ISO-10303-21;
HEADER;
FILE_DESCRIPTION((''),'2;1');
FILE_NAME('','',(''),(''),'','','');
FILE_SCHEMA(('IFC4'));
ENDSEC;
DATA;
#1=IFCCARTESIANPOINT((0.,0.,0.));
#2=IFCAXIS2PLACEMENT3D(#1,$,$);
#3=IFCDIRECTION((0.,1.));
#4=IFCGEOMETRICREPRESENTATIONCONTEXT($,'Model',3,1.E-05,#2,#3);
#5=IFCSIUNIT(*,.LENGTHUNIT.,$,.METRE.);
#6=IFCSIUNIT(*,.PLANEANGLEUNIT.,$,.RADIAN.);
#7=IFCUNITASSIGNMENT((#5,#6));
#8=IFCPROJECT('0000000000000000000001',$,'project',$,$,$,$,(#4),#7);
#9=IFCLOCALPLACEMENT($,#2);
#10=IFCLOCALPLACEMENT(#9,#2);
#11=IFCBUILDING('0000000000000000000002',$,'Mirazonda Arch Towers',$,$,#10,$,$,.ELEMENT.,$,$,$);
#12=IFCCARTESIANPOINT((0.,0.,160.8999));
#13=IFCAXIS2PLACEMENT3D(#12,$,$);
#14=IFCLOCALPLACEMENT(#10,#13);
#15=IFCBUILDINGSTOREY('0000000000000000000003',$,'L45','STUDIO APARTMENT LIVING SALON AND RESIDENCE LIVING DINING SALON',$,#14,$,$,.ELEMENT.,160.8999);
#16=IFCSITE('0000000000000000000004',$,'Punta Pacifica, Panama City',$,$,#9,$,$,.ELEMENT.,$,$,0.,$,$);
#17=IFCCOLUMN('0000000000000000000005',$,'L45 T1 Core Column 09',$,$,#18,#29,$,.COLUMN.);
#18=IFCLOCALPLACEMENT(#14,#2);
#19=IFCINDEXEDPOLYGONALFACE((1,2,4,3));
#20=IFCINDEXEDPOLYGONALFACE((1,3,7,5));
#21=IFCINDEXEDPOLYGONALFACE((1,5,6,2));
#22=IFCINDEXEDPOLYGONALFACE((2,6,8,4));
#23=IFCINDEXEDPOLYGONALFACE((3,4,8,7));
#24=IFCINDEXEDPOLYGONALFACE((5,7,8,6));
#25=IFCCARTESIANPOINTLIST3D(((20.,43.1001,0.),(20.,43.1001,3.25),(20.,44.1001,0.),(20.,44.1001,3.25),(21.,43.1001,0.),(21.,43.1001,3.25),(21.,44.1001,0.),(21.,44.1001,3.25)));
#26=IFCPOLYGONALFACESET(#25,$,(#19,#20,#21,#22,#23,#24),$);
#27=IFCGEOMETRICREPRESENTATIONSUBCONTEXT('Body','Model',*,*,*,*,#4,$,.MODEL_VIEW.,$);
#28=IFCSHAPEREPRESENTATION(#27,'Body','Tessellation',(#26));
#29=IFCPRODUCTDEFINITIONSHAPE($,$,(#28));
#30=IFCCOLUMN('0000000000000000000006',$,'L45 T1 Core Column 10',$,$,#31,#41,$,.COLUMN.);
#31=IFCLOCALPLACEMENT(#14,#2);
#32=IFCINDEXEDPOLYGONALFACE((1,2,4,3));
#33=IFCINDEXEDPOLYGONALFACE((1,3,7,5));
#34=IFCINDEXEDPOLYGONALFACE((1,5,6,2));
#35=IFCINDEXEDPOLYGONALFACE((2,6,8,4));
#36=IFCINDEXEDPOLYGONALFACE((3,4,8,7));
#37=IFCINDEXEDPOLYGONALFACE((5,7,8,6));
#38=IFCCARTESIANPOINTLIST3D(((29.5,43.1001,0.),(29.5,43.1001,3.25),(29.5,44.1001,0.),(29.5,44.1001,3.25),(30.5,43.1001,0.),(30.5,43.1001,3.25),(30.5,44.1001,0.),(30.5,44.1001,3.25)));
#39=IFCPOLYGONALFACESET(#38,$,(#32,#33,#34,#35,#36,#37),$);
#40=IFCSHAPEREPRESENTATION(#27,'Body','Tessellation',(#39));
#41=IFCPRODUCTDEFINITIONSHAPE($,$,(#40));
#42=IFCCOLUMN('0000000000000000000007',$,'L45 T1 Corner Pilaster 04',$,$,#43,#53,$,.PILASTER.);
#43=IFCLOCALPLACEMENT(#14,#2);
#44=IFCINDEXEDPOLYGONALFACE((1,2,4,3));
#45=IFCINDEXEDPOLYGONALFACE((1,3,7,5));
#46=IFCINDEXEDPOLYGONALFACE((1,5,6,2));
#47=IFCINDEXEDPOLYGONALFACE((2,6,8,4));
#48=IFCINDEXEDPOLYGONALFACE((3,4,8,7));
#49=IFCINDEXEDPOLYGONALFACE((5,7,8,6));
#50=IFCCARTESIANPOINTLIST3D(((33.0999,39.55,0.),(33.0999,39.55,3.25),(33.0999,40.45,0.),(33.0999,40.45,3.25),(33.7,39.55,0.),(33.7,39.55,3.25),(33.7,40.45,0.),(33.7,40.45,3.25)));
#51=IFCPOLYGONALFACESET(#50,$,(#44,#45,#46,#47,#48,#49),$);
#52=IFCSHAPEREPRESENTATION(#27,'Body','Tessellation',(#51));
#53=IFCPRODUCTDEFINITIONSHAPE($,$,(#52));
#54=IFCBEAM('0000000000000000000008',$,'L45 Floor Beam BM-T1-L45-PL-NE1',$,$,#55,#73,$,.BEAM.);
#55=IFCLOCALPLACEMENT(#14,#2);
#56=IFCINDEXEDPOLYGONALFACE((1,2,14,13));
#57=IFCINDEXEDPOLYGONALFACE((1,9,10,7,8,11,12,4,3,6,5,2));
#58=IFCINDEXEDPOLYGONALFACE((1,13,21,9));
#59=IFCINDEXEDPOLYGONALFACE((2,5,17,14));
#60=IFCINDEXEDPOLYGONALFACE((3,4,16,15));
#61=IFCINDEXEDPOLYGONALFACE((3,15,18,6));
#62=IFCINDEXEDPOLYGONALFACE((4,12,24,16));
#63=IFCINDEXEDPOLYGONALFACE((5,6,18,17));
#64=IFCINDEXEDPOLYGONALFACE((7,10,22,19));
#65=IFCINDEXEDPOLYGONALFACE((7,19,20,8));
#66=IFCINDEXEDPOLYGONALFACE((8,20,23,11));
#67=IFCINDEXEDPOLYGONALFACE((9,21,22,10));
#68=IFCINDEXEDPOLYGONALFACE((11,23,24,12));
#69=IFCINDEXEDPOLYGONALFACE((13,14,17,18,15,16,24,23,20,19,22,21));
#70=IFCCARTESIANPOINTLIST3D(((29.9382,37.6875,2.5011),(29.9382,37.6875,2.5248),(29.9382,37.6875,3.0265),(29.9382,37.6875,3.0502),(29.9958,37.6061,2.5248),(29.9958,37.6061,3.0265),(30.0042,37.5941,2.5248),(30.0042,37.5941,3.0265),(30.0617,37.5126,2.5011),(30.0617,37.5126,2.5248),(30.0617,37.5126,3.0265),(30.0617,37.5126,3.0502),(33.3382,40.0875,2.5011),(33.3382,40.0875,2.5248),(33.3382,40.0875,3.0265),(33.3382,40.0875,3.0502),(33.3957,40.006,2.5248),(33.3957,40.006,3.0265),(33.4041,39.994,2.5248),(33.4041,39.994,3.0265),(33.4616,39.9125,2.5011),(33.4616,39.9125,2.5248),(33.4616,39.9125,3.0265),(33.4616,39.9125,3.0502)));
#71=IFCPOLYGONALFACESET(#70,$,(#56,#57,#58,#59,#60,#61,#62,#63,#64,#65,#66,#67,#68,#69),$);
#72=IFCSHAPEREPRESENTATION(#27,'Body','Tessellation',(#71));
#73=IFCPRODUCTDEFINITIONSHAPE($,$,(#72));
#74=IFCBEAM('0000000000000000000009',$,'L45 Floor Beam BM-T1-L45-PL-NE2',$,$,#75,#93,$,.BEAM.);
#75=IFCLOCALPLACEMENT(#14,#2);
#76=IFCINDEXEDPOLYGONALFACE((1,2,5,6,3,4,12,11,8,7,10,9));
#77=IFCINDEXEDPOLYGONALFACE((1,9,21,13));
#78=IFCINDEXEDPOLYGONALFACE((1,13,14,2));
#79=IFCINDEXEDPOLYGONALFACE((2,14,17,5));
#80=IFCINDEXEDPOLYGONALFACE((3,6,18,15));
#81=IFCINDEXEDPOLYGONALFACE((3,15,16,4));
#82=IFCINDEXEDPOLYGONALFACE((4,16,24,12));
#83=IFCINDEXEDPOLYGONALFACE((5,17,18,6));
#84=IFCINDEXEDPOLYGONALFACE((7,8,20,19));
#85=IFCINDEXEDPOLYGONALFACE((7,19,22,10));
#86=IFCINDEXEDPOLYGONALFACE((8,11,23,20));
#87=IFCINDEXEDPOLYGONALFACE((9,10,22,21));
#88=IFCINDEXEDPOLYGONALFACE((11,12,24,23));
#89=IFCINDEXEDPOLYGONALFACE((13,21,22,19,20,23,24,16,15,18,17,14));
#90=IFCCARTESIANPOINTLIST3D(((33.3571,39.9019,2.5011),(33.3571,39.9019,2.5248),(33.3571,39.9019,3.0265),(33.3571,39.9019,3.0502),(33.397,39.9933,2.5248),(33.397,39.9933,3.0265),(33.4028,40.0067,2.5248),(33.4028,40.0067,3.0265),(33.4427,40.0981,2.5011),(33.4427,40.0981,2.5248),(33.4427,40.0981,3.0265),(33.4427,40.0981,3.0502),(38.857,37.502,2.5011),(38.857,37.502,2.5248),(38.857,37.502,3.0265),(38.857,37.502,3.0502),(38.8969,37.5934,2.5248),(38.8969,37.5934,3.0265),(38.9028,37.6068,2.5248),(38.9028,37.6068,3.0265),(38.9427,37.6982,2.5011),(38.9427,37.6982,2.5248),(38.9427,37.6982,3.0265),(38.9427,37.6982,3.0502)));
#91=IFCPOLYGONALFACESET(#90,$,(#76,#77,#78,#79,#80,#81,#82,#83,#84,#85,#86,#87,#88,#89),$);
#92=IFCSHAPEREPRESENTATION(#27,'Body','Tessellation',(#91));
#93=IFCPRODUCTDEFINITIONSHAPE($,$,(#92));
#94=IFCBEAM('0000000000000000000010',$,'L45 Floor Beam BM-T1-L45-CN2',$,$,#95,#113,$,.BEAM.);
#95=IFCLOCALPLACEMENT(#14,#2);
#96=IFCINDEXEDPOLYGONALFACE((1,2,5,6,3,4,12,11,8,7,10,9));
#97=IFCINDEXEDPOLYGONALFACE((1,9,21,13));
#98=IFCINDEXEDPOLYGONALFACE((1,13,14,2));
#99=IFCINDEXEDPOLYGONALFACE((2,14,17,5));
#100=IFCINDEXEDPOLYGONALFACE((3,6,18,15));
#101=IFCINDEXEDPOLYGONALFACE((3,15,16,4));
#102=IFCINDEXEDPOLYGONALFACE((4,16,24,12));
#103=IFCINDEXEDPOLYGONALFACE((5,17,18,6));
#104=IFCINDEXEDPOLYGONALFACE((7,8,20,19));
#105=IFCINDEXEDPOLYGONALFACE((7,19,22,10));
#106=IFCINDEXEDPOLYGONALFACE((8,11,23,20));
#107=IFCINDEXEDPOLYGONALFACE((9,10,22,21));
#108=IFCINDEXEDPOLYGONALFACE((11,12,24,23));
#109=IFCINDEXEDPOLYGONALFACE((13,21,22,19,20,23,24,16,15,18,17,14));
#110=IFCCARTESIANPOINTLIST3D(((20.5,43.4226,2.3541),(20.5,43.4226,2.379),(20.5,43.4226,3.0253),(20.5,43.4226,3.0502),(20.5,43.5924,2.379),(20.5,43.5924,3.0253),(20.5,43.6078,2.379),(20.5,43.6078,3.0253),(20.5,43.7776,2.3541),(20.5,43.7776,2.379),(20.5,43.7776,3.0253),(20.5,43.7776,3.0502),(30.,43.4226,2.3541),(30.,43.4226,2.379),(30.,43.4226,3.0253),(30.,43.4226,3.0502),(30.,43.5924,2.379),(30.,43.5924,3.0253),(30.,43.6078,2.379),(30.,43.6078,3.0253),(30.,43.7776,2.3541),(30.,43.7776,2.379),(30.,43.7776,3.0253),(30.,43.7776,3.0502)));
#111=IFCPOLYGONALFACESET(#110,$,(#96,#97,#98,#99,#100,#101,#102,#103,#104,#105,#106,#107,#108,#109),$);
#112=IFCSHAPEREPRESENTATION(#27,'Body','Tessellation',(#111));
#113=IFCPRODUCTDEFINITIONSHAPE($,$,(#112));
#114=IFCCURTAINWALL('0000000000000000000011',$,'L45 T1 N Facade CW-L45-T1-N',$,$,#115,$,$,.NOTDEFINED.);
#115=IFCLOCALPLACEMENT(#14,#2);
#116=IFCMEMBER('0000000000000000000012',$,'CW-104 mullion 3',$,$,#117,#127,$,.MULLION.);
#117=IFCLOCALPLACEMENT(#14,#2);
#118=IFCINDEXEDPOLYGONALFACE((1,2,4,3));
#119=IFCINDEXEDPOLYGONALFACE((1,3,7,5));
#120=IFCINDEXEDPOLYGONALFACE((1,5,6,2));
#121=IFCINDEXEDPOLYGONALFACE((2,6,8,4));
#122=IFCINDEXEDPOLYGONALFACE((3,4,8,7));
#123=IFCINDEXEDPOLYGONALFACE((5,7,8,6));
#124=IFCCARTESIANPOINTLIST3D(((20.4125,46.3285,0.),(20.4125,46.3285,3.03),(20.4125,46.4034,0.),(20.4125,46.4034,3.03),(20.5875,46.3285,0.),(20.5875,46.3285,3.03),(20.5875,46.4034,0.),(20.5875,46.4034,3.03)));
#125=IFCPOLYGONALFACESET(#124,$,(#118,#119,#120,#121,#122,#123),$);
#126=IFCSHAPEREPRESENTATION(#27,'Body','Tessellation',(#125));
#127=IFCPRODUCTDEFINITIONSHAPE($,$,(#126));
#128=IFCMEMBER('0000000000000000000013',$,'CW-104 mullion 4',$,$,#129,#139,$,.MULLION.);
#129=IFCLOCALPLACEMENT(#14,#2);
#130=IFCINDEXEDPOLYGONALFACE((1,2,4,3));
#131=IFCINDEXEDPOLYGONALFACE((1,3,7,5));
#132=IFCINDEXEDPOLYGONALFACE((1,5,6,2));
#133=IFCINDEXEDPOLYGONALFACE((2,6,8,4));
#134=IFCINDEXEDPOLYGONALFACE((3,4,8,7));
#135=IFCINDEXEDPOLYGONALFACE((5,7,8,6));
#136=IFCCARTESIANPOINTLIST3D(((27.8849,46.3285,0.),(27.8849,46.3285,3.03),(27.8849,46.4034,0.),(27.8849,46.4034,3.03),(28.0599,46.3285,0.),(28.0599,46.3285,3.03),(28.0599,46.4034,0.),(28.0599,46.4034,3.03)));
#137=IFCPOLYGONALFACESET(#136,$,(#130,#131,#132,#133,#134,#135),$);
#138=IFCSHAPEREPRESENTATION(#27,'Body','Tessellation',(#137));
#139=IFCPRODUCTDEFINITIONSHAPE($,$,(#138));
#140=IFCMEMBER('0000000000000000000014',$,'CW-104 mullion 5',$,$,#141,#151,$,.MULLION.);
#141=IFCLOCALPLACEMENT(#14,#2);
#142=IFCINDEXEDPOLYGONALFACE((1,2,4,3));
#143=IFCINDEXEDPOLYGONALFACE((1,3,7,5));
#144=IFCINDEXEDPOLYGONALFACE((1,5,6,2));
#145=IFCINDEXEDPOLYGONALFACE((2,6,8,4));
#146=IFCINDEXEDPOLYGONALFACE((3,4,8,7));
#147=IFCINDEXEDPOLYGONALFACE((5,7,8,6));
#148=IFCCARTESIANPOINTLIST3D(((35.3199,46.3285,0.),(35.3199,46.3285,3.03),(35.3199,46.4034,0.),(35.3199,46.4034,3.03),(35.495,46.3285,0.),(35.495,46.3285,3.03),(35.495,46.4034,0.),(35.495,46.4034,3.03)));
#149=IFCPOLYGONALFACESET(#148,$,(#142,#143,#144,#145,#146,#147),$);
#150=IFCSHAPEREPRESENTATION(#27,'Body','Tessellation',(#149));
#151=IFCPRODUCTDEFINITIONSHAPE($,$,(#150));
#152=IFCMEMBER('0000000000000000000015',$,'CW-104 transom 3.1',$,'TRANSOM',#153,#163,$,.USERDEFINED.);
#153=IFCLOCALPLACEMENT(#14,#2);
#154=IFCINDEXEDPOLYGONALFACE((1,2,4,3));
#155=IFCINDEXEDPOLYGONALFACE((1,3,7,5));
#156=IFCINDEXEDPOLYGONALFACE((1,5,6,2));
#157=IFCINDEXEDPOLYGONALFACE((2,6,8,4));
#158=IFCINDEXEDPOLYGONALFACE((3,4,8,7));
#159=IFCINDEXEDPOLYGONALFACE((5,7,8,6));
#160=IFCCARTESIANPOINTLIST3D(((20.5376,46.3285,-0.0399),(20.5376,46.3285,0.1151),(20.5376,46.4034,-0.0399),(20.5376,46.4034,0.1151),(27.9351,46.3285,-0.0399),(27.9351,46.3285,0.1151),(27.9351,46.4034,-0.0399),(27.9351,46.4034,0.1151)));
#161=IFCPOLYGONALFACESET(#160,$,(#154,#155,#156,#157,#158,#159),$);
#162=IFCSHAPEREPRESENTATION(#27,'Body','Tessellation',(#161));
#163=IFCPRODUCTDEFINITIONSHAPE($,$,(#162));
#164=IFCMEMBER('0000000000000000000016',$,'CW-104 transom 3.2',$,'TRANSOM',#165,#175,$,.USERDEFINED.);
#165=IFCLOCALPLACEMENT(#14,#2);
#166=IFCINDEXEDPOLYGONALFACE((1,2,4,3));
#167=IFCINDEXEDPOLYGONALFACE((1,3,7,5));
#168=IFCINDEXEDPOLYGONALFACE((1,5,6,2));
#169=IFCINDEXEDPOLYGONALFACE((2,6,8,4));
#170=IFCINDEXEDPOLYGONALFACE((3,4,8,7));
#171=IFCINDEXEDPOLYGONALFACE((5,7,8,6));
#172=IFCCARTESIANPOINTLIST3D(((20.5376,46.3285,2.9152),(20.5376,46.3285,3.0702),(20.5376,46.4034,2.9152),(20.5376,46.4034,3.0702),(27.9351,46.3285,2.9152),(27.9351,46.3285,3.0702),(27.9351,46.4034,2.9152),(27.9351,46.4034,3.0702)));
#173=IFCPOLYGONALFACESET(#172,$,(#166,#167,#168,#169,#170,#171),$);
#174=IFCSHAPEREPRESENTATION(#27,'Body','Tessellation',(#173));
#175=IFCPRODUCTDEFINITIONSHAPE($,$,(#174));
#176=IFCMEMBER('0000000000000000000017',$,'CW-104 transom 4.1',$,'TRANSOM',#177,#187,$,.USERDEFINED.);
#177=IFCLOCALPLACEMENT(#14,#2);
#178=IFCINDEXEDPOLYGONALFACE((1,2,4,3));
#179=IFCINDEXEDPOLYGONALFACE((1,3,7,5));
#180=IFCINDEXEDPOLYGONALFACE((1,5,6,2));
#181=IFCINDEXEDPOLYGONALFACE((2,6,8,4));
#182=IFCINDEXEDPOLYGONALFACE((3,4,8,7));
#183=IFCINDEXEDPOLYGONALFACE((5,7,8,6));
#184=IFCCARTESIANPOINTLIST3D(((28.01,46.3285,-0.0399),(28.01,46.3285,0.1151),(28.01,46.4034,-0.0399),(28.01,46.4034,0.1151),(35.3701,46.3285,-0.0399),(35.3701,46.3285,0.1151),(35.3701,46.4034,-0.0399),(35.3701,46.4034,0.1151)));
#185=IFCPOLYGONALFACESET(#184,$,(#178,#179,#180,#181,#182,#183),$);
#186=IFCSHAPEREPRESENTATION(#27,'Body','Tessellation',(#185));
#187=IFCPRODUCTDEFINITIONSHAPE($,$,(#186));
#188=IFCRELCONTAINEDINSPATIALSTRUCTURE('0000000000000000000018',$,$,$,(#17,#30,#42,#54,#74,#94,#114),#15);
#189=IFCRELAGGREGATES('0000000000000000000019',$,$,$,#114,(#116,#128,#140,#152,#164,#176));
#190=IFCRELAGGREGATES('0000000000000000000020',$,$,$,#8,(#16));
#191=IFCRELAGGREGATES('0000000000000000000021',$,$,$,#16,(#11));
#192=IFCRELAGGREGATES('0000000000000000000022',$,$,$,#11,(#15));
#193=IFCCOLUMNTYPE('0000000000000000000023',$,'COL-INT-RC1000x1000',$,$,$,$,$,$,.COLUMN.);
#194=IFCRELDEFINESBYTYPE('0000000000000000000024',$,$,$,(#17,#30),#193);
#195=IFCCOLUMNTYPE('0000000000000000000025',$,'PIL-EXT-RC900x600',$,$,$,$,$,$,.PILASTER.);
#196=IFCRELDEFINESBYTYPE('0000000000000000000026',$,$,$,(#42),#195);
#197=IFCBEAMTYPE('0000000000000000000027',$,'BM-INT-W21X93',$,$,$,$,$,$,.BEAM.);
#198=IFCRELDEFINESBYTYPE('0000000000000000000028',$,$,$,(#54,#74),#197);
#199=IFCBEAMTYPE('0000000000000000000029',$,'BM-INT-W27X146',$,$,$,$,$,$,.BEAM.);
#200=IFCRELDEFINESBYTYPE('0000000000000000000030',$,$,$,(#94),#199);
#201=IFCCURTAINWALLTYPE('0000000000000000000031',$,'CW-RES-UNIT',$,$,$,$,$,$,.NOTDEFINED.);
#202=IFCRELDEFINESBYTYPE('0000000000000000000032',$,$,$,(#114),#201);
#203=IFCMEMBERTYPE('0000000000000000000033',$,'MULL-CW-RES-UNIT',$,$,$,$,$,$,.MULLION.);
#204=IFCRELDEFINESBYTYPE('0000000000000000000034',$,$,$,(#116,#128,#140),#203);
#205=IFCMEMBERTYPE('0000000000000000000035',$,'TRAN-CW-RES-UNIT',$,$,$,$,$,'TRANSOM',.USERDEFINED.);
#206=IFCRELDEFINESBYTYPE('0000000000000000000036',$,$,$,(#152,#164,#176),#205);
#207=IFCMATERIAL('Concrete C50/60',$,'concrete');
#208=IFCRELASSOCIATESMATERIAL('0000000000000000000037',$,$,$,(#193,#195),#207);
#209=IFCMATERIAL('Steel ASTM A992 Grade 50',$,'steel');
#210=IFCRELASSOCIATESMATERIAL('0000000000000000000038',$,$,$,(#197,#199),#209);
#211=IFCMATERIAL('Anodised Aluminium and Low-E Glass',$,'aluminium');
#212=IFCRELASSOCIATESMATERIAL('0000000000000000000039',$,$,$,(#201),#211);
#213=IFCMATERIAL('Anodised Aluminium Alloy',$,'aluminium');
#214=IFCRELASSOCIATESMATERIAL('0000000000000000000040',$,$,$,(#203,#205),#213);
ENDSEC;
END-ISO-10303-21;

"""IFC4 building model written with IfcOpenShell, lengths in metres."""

from ifc_helpers import new_model, si_unit, direction, frame, origin, origin_2d, place, context, subcontext, project, spatial, rectangle, i_section, extrude, material, material_profile, profile_set, type_object, element, aggregate, save


model = new_model("IFC4")

# Units and contexts
model_context = context("Model", 3, precision=1e-05, world=origin(), true_north=direction((0.0, 1.0)))
body_context = subcontext(model_context, "Body", "Model", "MODEL_VIEW")
ifc_project = project(units=[si_unit("LENGTHUNIT", "METRE"), si_unit("PLANEANGLEUNIT", "RADIAN")], contexts=[model_context])

# Site, building, storey
site_placement = place(None, origin())
site = spatial("IfcSite", under=ifc_project, at=site_placement, Name="Punta Pacifica, Panama City", CompositionType="ELEMENT", RefElevation=0.0)
building_placement = place(site_placement, origin())
building = spatial("IfcBuilding", under=site, at=building_placement, Name="Mirazonda Arch Towers", CompositionType="ELEMENT")
storey_placement = place(building_placement, frame((0.0, 0.0, 160.8999)))
storey = spatial("IfcBuildingStorey", under=building, at=storey_placement, Name="L45", Description="STUDIO APARTMENT LIVING SALON AND RESIDENCE LIVING DINING SALON", CompositionType="ELEMENT", Elevation=160.8999)

# Columns
ifc_material_1 = material(Name="Concrete C50/60", Category="concrete")
ifc_material_profile_1 = material_profile(ifc_material_1, rectangle(XDim=1.0, YDim=1.0, at=origin_2d()), Name="RC1000x1000")
ifc_profile_set_1 = profile_set([ifc_material_profile_1], Name="Concrete C50/60")
column_type_1 = type_object("IfcColumnType", Name="COL-INT-RC1000x1000", PredefinedType="COLUMN", material=ifc_profile_set_1)
for number, where, z_axis, x_axis, name in (
    (1, (20.5, 43.6001, 0.0), (0.0, 0.0, 1.0), (1.0, 0.0, 0.0), "L45 T1 Core Column 09"),
    (2, (30.0, 43.6001, 0.0), (0.0, 0.0, 1.0), (1.0, 0.0, 0.0), "L45 T1 Core Column 10"),
):
    element("IfcColumn", number, at=place(storey_placement, frame(where, z_axis=z_axis, x_axis=x_axis)), inside=storey, type_object=column_type_1, Name=name, PredefinedType="COLUMN", context=body_context, shape_type="SweptSolid", body=[
        extrude(rectangle(XDim=1.0, YDim=1.0, at=origin_2d()), origin(), (0.0, 0.0, 1.0), 3.25),
    ])
ifc_material_profile_2 = material_profile(ifc_material_1, rectangle(XDim=0.6001, YDim=0.8999, at=origin_2d()), Name="RC900x600")
ifc_profile_set_2 = profile_set([ifc_material_profile_2], Name="Concrete C50/60")
column_type_2 = type_object("IfcColumnType", Name="PIL-EXT-RC900x600", PredefinedType="PILASTER", material=ifc_profile_set_2)
column_placement = place(storey_placement, frame((33.3999, 40.0, 0.0), z_axis=(0.0, 0.0, 1.0), x_axis=(1.0, 0.0, 0.0)))
element("IfcColumn", 3, at=column_placement, inside=storey, type_object=column_type_2, Name="L45 T1 Corner Pilaster 04", PredefinedType="PILASTER", context=body_context, shape_type="SweptSolid", body=[
    extrude(rectangle(XDim=0.6001, YDim=0.8999, at=origin_2d()), origin(), (0.0, 0.0, 1.0), 3.25),
])

# Beams
ifc_material_2 = material(Name="Steel ASTM A992 Grade 50", Category="steel")
ifc_material_profile_3 = material_profile(ifc_material_2, i_section(OverallWidth=0.2141, OverallDepth=0.5491, WebThickness=0.0146, FlangeThickness=0.0237, at=origin_2d()), Name="W21X93")
ifc_profile_set_3 = profile_set([ifc_material_profile_3], Name="Steel ASTM A992 Grade 50")
beam_type_1 = type_object("IfcBeamType", Name="BM-INT-W21X93", PredefinedType="BEAM", material=ifc_profile_set_3)
beam_1_placement = place(storey_placement, frame((33.3999, 40.0, 2.7756), z_axis=(-0.816971, -0.576679, 0.0), x_axis=(0.576679, -0.816971, 0.0)))
element("IfcBeam", 4, at=beam_1_placement, inside=storey, type_object=beam_type_1, Name="L45 Floor Beam BM-T1-L45-PL-NE1", PredefinedType="BEAM", context=body_context, shape_type="SweptSolid", body=[
    extrude(i_section(OverallWidth=0.2141, OverallDepth=0.5491, WebThickness=0.0146, FlangeThickness=0.0237, at=origin_2d()), origin(), (0.0, 0.0, 1.0), 4.1616),
])
beam_2_placement = place(storey_placement, frame((33.3999, 40.0, 2.7756), z_axis=(0.916545, -0.399931, 0.0), x_axis=(0.399931, 0.916545, 0.0)))
element("IfcBeam", 5, at=beam_2_placement, inside=storey, type_object=beam_type_1, Name="L45 Floor Beam BM-T1-L45-PL-NE2", PredefinedType="BEAM", context=body_context, shape_type="SweptSolid", body=[
    extrude(i_section(OverallWidth=0.2141, OverallDepth=0.5491, WebThickness=0.0146, FlangeThickness=0.0237, at=origin_2d()), origin(), (0.0, 0.0, 1.0), 6.0007),
])
ifc_material_profile_4 = material_profile(ifc_material_2, i_section(OverallWidth=0.355, OverallDepth=0.696, WebThickness=0.0154, FlangeThickness=0.0249, at=origin_2d()), Name="W27X146")
ifc_profile_set_4 = profile_set([ifc_material_profile_4], Name="Steel ASTM A992 Grade 50")
beam_type_2 = type_object("IfcBeamType", Name="BM-INT-W27X146", PredefinedType="BEAM", material=ifc_profile_set_4)
beam_3_placement = place(storey_placement, frame((20.5, 43.6001, 2.7021), z_axis=(1.0, 0.0, 0.0), x_axis=(0.0, 1.0, 0.0)))
element("IfcBeam", 6, at=beam_3_placement, inside=storey, type_object=beam_type_2, Name="L45 Floor Beam BM-T1-L45-CN2", PredefinedType="BEAM", context=body_context, shape_type="SweptSolid", body=[
    extrude(i_section(OverallWidth=0.355, OverallDepth=0.696, WebThickness=0.0154, FlangeThickness=0.0249, at=origin_2d()), origin(), (0.0, 0.0, 1.0), 9.5),
])

# Curtain wall, members
ifc_material_3 = material(Name="Anodised Aluminium and Low-E Glass", Category="aluminium")
curtain_wall_type = type_object("IfcCurtainWallType", Name="CW-RES-UNIT", PredefinedType="NOTDEFINED", material=ifc_material_3)
curtain_wall_placement = place(storey_placement, origin())
curtain_wall = element("IfcCurtainWall", 7, at=curtain_wall_placement, inside=storey, type_object=curtain_wall_type, Name="L45 T1 N Facade CW-L45-T1-N", PredefinedType="NOTDEFINED")
ifc_material_4 = material(Name="Anodised Aluminium Alloy", Category="aluminium")
ifc_material_profile_5 = material_profile(ifc_material_4, rectangle(XDim=0.075, YDim=0.175, at=origin_2d()), Name="ALU-MULL-75x175")
ifc_profile_set_5 = profile_set([ifc_material_profile_5], Name="Anodised Aluminium Alloy")
member_type_1 = type_object("IfcMemberType", Name="MULL-CW-RES-UNIT", PredefinedType="MULLION", material=ifc_profile_set_5)
member_1_placement = place(storey_placement, frame((20.5, 46.366, 0.0), z_axis=(0.0, 0.0, 1.0), x_axis=(0.0, 1.0, 0.0)))
member_1 = element("IfcMember", 8, at=member_1_placement, type_object=member_type_1, Name="CW-104 mullion 3", PredefinedType="MULLION", context=body_context, shape_type="SweptSolid", body=[
    extrude(rectangle(XDim=0.075, YDim=0.175, at=origin_2d()), origin(), (0.0, 0.0, 1.0), 3.03),
])
member_2_placement = place(storey_placement, frame((27.9724, 46.366, 0.0), z_axis=(0.0, 0.0, 1.0), x_axis=(0.0, 1.0, 0.0)))
member_2 = element("IfcMember", 9, at=member_2_placement, type_object=member_type_1, Name="CW-104 mullion 4", PredefinedType="MULLION", context=body_context, shape_type="SweptSolid", body=[
    extrude(rectangle(XDim=0.075, YDim=0.175, at=origin_2d()), origin(), (0.0, 0.0, 1.0), 3.03),
])
member_3_placement = place(storey_placement, frame((35.4075, 46.366, 0.0), z_axis=(0.0, 0.0, 1.0), x_axis=(0.0, 1.0, 0.0)))
member_3 = element("IfcMember", 10, at=member_3_placement, type_object=member_type_1, Name="CW-104 mullion 5", PredefinedType="MULLION", context=body_context, shape_type="SweptSolid", body=[
    extrude(rectangle(XDim=0.075, YDim=0.175, at=origin_2d()), origin(), (0.0, 0.0, 1.0), 3.03),
])
ifc_material_profile_6 = material_profile(ifc_material_4, rectangle(XDim=0.075, YDim=0.155, at=origin_2d()), Name="ALU-TRAN-75x155")
ifc_profile_set_6 = profile_set([ifc_material_profile_6], Name="Anodised Aluminium Alloy")
member_type_2 = type_object("IfcMemberType", Name="TRAN-CW-RES-UNIT", ElementType="TRANSOM", PredefinedType="USERDEFINED", material=ifc_profile_set_6)
member_4_placement = place(storey_placement, frame((20.5376, 46.366, 0.0376), z_axis=(1.0, 0.0, 0.0), x_axis=(0.0, 1.0, 0.0)))
member_4 = element("IfcMember", 11, at=member_4_placement, type_object=member_type_2, Name="CW-104 transom 3.1", ObjectType="TRANSOM", PredefinedType="USERDEFINED", context=body_context, shape_type="SweptSolid", body=[
    extrude(rectangle(XDim=0.075, YDim=0.155, at=origin_2d()), origin(), (0.0, 0.0, 1.0), 7.3975),
])
member_5_placement = place(storey_placement, frame((20.5376, 46.366, 2.9927), z_axis=(1.0, 0.0, 0.0), x_axis=(0.0, 1.0, 0.0)))
member_5 = element("IfcMember", 12, at=member_5_placement, type_object=member_type_2, Name="CW-104 transom 3.2", ObjectType="TRANSOM", PredefinedType="USERDEFINED", context=body_context, shape_type="SweptSolid", body=[
    extrude(rectangle(XDim=0.075, YDim=0.155, at=origin_2d()), origin(), (0.0, 0.0, 1.0), 7.3975),
])
member_6_placement = place(storey_placement, frame((28.01, 46.366, 0.0376), z_axis=(1.0, 0.0, 0.0), x_axis=(0.0, 1.0, 0.0)))
member_6 = element("IfcMember", 13, at=member_6_placement, type_object=member_type_2, Name="CW-104 transom 4.1", ObjectType="TRANSOM", PredefinedType="USERDEFINED", context=body_context, shape_type="SweptSolid", body=[
    extrude(rectangle(XDim=0.075, YDim=0.155, at=origin_2d()), origin(), (0.0, 0.0, 1.0), 7.3601),
])
aggregate(curtain_wall, [member_1, member_2, member_3, member_4, member_5, member_6])

save(model, "model.ifc")
